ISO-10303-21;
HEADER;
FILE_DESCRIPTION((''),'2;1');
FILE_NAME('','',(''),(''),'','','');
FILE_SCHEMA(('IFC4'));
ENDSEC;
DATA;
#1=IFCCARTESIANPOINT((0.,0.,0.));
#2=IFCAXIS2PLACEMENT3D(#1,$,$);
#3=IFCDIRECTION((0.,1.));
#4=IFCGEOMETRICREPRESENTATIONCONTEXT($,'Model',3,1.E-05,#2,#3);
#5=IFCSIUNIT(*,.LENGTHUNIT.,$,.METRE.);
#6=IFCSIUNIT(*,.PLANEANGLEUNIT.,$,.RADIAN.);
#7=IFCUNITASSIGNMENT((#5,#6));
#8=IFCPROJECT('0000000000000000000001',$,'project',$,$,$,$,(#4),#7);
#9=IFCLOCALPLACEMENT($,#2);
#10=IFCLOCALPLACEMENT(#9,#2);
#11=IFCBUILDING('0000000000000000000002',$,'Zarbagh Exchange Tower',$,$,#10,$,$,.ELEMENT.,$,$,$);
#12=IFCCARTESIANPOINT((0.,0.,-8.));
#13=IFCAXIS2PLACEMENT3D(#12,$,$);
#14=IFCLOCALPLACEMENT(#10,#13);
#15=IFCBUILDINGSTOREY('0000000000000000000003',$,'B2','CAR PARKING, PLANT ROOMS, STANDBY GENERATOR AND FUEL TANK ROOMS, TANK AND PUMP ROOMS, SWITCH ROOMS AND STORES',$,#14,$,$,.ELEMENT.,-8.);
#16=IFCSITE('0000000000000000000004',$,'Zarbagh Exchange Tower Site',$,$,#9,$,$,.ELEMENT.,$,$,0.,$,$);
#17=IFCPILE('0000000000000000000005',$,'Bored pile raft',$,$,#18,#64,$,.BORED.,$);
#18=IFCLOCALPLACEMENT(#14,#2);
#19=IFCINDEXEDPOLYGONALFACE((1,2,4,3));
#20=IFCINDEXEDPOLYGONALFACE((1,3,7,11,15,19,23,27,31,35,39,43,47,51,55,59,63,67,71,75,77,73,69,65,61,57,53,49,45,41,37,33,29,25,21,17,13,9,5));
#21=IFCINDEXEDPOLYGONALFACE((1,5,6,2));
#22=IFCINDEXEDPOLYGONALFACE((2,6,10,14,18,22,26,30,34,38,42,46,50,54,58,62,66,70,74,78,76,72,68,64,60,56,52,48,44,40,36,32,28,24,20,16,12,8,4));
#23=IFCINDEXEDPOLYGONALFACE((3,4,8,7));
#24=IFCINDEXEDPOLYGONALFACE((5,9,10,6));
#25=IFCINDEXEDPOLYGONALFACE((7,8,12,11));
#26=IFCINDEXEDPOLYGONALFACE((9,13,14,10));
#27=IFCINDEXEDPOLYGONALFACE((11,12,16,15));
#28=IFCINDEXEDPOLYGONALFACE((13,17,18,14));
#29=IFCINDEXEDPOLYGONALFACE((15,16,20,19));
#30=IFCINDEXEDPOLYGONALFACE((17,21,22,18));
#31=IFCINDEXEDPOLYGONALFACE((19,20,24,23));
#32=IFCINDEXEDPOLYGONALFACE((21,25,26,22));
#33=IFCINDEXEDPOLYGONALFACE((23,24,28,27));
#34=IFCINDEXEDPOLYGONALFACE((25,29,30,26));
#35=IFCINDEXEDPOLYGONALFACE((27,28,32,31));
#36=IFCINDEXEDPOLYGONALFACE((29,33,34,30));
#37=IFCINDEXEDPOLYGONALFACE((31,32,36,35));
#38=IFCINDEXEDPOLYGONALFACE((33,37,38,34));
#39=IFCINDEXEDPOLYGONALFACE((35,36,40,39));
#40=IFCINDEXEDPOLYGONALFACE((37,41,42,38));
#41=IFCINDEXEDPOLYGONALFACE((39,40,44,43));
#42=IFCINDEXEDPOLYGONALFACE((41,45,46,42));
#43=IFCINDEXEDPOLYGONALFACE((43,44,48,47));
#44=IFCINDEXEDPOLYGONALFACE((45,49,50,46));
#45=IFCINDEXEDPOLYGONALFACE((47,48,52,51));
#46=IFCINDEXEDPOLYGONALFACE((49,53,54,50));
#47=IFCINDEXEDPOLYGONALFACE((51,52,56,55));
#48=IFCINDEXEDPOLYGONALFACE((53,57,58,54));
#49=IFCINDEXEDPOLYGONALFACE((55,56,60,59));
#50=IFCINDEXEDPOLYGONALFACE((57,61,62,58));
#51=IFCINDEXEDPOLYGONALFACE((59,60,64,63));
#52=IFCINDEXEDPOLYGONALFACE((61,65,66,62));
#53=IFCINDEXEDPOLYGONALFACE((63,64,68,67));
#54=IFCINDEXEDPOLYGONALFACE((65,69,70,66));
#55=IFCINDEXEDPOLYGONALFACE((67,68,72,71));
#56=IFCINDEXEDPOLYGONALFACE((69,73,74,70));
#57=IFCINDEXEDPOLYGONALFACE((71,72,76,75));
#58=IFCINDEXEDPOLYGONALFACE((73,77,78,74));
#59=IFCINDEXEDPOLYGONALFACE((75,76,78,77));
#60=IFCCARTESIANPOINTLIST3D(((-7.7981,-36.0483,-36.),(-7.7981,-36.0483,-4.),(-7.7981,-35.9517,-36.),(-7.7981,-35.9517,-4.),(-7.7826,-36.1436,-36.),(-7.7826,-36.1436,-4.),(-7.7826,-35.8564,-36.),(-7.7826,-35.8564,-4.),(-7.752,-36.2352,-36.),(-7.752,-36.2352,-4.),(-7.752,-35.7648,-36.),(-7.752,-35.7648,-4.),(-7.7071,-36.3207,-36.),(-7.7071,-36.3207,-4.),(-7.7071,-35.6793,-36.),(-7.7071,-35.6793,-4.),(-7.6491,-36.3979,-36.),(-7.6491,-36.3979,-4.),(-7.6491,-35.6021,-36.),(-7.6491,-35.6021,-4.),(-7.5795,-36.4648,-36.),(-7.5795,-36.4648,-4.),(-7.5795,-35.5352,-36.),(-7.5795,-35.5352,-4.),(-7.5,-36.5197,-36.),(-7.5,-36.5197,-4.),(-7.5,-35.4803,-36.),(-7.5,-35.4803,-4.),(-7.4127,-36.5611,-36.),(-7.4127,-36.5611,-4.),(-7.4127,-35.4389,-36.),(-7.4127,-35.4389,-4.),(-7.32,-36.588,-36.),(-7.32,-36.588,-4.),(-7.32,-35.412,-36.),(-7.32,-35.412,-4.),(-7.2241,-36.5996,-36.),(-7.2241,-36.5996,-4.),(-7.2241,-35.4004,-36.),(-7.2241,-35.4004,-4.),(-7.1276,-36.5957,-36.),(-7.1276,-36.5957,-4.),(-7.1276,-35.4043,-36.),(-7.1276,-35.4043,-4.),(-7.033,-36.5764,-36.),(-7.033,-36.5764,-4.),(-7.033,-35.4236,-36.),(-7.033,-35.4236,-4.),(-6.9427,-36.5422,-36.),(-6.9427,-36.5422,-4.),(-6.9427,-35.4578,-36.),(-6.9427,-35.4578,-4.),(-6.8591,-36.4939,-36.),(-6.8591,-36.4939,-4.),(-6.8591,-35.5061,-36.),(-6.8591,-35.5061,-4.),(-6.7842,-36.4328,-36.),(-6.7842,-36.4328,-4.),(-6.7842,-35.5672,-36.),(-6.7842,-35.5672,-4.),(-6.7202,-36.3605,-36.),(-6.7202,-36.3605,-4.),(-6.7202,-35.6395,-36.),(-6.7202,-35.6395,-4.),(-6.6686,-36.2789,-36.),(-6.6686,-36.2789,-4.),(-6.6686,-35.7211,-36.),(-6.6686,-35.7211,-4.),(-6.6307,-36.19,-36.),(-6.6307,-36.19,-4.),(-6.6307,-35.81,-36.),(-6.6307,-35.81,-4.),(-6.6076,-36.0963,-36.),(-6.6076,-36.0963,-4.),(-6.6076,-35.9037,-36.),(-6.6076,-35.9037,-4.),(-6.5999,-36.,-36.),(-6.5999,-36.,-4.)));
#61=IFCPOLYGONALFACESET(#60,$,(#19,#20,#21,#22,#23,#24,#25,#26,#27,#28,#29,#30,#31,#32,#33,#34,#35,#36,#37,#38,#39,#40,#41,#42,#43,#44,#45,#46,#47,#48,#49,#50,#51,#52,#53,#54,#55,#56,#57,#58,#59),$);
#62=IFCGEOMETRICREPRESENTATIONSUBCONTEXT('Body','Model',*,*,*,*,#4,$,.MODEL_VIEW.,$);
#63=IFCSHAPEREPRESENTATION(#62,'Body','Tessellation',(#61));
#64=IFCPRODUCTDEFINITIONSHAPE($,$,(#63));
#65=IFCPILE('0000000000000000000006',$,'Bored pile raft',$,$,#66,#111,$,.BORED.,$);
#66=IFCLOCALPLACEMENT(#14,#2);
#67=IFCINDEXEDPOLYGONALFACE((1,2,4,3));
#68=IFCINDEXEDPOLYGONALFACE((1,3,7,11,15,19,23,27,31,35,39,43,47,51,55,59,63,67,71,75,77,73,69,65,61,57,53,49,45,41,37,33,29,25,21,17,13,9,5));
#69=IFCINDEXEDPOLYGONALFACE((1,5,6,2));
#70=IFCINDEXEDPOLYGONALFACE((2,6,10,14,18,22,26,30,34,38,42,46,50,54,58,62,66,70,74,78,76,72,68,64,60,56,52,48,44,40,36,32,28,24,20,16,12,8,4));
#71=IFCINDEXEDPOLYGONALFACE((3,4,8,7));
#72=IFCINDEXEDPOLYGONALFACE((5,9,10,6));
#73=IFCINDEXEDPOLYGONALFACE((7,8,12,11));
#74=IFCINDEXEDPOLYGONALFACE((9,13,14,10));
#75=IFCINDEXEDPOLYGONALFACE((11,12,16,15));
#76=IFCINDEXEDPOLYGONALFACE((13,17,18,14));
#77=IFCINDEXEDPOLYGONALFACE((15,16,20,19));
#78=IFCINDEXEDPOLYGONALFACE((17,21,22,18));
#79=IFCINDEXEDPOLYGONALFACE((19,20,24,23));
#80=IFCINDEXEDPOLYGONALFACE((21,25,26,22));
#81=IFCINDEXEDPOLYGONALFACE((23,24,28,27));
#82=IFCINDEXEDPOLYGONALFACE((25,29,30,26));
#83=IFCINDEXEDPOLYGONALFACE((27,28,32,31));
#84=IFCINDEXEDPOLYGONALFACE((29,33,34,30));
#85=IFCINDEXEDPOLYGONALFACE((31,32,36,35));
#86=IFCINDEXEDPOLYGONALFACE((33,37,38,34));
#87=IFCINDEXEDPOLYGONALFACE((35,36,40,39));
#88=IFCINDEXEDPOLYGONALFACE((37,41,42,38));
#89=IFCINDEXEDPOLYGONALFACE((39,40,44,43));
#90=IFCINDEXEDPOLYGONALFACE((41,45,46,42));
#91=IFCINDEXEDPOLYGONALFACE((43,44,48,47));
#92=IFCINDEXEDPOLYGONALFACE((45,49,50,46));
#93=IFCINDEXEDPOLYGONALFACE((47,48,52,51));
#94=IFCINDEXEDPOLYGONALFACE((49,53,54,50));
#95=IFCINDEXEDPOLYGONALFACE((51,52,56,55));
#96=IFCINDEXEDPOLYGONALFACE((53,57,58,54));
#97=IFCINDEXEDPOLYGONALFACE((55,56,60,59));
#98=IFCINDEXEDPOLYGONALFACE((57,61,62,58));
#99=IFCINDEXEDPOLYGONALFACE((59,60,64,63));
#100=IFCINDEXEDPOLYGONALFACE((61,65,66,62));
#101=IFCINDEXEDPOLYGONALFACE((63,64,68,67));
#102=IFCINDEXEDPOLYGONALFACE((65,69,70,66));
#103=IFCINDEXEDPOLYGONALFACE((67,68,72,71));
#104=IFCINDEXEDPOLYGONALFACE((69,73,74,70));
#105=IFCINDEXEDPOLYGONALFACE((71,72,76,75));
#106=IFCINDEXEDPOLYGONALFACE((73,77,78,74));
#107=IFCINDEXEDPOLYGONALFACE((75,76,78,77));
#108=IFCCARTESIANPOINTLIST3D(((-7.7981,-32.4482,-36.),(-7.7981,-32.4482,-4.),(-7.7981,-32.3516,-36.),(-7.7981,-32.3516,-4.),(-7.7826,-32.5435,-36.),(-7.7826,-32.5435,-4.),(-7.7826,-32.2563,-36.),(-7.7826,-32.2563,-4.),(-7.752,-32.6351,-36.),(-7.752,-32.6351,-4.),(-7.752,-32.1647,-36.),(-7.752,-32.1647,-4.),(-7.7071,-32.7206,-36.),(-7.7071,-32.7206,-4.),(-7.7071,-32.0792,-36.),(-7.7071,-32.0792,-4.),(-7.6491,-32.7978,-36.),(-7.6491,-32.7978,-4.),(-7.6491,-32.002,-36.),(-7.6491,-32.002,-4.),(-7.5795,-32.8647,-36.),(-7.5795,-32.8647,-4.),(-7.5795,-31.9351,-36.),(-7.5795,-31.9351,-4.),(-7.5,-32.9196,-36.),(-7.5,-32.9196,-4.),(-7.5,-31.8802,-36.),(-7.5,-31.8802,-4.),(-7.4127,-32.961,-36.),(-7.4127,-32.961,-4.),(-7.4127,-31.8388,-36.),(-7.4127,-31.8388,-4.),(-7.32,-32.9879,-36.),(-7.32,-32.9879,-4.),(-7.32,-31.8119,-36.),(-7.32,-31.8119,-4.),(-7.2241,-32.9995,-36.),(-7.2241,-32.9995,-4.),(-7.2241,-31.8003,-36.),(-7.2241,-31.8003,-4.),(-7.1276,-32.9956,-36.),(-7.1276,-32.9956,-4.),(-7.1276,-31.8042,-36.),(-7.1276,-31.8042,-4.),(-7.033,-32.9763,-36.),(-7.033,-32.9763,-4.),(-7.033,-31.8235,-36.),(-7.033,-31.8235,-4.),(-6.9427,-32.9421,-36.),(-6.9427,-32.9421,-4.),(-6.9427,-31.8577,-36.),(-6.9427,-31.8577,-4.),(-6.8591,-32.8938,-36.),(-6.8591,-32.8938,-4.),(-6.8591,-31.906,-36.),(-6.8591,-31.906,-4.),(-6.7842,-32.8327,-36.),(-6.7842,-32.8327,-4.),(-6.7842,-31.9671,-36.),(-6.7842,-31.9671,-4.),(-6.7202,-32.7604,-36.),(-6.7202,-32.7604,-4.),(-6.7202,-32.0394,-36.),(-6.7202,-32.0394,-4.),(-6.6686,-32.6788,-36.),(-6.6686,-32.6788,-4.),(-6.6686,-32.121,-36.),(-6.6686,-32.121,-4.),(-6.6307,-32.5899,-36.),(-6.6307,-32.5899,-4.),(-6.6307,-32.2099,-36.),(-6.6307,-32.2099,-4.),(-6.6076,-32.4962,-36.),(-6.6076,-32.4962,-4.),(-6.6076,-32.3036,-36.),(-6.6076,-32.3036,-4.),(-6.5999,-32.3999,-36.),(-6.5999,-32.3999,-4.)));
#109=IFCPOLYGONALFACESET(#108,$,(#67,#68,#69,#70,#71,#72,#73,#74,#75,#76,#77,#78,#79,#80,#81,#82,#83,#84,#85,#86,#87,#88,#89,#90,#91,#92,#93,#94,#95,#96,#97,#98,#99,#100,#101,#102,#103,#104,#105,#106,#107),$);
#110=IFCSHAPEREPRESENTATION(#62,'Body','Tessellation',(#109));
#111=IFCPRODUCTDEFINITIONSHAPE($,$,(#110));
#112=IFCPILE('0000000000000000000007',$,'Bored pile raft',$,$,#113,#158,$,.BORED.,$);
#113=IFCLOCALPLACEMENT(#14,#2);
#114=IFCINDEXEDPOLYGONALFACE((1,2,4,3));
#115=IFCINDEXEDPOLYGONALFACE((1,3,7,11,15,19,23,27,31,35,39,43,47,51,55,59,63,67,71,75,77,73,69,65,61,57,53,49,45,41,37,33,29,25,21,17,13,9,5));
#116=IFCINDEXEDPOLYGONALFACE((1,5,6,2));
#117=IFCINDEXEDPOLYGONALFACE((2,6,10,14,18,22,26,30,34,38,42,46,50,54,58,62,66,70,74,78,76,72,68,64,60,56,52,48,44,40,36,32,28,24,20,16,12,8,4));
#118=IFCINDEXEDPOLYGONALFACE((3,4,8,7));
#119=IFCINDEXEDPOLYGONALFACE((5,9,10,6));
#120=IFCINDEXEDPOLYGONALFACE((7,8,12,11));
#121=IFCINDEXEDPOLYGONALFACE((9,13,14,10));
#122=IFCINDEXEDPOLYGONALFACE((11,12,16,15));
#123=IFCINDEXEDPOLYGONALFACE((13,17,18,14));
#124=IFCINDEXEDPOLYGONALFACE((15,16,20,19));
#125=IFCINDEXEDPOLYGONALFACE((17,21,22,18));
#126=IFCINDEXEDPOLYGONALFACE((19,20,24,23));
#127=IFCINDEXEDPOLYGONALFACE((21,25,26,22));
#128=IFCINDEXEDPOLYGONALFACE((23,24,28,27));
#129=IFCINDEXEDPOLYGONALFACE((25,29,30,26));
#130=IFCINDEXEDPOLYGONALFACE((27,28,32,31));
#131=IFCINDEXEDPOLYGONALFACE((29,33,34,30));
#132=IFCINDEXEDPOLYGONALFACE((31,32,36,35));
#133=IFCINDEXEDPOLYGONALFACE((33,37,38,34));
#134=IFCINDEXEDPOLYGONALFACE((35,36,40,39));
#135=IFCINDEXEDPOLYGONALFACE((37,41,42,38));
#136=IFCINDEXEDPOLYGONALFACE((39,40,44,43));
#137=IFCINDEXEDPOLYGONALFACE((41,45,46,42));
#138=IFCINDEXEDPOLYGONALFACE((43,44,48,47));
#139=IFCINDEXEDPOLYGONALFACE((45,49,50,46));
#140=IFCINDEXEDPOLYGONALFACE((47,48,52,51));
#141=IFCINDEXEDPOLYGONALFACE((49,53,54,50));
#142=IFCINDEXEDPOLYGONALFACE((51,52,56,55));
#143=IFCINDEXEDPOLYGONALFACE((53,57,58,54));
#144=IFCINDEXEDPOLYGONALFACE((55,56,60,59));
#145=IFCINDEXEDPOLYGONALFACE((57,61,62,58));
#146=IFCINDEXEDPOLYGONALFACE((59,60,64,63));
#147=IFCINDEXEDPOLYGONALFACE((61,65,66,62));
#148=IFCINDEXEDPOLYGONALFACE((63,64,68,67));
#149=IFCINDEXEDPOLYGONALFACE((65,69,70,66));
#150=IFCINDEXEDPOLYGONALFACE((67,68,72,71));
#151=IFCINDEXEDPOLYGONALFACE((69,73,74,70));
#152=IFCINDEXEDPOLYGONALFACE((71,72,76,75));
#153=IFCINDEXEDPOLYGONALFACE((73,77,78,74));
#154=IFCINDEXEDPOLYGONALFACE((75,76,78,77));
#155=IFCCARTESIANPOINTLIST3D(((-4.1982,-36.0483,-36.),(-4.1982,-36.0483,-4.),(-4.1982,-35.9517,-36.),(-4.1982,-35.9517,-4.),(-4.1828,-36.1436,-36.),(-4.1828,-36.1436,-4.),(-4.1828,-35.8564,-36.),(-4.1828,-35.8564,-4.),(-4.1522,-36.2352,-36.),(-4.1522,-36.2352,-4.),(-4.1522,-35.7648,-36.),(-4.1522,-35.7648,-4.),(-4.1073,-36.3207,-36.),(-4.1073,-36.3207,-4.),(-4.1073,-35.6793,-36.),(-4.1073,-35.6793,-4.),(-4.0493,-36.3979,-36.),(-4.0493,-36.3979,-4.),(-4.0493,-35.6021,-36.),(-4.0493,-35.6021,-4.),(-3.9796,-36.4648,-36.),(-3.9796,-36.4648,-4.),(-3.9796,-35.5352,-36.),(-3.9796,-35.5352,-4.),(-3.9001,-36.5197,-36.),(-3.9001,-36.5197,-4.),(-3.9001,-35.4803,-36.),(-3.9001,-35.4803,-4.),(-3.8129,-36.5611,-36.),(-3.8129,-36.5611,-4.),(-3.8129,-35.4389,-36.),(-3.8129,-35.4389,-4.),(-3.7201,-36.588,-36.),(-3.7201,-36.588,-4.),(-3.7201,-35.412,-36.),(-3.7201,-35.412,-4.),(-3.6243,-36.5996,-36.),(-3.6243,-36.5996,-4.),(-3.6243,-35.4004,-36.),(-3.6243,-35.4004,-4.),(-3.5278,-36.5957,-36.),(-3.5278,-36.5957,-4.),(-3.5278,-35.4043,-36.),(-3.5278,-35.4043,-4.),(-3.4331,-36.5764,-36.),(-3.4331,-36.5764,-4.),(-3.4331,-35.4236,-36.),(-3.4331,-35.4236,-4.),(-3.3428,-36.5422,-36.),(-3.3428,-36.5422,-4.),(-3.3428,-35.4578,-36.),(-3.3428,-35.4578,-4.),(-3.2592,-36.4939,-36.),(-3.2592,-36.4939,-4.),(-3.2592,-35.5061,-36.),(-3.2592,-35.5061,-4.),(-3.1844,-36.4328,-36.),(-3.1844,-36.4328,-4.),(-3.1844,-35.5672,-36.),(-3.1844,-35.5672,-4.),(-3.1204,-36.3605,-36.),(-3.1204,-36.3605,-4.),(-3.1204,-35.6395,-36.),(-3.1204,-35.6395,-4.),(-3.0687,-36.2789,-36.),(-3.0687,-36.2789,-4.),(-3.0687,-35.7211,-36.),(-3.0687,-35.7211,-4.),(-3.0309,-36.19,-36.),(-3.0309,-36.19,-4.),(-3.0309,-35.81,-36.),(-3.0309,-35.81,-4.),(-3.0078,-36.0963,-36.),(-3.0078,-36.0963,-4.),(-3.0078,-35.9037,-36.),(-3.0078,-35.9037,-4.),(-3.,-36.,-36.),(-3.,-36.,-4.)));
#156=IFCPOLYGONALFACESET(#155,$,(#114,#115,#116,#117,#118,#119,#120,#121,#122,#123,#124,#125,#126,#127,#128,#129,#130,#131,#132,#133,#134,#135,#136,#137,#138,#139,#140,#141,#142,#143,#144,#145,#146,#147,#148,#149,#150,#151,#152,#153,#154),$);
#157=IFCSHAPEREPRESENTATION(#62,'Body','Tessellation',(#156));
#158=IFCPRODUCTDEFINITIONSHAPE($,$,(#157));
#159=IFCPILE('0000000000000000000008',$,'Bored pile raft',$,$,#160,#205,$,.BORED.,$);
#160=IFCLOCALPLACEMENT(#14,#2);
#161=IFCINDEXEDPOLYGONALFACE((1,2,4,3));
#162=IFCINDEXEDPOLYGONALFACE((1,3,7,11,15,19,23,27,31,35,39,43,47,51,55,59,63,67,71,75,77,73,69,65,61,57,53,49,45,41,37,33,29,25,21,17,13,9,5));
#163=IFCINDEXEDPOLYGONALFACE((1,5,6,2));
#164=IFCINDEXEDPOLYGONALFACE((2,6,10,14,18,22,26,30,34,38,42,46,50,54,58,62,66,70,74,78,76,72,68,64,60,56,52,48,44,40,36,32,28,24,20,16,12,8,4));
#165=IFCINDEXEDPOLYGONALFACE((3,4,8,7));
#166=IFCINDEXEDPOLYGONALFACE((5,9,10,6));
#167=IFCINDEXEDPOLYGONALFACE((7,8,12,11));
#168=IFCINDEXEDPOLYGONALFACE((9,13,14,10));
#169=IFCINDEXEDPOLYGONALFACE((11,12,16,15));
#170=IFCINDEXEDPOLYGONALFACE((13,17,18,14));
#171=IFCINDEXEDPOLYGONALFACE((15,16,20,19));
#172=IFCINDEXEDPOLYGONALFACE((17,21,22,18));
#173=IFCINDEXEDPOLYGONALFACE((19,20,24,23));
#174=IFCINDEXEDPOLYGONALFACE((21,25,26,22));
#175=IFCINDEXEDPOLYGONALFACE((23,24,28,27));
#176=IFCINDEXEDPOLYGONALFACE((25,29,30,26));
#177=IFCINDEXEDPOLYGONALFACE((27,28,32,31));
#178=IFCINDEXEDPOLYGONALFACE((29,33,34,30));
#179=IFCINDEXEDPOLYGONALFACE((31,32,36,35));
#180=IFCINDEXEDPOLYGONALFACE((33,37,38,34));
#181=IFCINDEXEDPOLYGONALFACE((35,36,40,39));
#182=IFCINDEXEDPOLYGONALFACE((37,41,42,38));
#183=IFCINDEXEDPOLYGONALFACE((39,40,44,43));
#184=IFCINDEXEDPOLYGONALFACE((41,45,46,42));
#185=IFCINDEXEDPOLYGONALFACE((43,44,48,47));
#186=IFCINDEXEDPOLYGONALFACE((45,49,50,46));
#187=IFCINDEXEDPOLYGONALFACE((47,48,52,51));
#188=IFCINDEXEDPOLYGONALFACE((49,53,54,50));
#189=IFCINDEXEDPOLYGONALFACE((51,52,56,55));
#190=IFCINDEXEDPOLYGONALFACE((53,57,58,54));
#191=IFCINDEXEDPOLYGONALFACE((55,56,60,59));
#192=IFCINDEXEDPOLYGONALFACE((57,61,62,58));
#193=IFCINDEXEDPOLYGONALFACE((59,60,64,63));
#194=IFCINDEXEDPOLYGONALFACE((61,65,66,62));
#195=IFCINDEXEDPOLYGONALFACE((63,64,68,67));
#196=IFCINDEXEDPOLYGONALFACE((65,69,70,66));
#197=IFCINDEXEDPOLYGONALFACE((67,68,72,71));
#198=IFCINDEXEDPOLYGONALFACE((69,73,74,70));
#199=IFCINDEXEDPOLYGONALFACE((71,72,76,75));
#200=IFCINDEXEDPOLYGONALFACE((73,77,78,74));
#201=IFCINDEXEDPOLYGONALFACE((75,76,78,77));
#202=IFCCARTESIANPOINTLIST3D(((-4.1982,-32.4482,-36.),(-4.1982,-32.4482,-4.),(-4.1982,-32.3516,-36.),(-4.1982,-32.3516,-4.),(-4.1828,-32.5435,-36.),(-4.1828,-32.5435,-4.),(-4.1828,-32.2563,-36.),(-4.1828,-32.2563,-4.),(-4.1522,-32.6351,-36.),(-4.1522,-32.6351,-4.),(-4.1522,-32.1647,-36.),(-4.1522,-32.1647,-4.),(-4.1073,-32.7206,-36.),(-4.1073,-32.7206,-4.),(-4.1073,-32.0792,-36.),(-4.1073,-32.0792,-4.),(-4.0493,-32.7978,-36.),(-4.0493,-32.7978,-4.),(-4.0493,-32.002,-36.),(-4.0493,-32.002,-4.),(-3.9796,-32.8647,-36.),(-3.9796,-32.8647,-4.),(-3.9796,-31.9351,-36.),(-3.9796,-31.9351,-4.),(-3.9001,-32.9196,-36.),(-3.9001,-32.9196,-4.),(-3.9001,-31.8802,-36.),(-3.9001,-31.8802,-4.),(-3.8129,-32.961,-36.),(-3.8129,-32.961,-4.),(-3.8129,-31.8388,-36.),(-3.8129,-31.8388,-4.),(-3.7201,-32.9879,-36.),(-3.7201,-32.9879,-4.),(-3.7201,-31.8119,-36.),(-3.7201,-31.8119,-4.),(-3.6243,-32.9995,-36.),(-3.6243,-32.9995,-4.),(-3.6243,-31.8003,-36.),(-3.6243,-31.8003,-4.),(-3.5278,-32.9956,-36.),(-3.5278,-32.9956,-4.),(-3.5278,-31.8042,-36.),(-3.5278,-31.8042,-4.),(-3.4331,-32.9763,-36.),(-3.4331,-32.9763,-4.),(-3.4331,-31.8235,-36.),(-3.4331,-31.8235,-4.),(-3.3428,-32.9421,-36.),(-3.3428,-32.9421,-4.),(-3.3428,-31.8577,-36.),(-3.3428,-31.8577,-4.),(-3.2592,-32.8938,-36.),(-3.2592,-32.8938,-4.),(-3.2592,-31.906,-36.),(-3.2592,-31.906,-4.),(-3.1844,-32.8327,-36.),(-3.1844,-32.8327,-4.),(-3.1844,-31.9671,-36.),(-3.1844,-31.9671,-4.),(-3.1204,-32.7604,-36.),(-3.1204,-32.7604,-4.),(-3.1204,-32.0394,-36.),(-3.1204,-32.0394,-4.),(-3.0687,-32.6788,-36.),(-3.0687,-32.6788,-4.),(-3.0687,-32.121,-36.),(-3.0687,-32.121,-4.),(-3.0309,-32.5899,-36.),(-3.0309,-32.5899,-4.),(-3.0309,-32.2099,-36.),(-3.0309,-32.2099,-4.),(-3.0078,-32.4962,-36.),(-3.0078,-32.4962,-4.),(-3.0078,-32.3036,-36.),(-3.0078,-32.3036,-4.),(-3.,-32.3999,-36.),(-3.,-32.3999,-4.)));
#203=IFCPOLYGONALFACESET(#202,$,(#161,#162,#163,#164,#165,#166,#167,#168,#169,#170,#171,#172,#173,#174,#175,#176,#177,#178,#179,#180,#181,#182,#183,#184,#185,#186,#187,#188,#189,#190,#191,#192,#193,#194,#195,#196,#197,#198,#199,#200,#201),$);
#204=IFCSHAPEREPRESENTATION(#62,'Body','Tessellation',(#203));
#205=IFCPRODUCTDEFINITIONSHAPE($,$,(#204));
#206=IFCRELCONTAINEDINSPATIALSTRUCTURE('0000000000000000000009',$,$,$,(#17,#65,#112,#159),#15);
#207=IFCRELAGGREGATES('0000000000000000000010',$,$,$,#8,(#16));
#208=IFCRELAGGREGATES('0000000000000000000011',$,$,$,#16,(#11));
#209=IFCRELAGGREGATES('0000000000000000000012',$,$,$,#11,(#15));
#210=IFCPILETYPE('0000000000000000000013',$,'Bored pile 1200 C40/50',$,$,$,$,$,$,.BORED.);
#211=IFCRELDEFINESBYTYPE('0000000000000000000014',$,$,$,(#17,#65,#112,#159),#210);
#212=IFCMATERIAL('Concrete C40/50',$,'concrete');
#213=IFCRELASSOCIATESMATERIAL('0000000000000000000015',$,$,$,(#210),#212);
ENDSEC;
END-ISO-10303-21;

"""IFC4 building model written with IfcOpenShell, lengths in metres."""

from ifc_helpers import new_model, si_unit, direction, frame, origin, origin_2d, place, context, subcontext, project, spatial, circle, extrude, material, material_profile, profile_set, type_object, element, save


model = new_model("IFC4")

# Units and contexts
model_context = context("Model", 3, precision=1e-05, world=origin(), true_north=direction((0.0, 1.0)))
body_context = subcontext(model_context, "Body", "Model", "MODEL_VIEW")
ifc_project = project(units=[si_unit("LENGTHUNIT", "METRE"), si_unit("PLANEANGLEUNIT", "RADIAN")], contexts=[model_context])

# Site, building, storey
site_placement = place(None, origin())
site = spatial("IfcSite", under=ifc_project, at=site_placement, Name="Zarbagh Exchange Tower Site", CompositionType="ELEMENT", RefElevation=0.0)
building_placement = place(site_placement, origin())
building = spatial("IfcBuilding", under=site, at=building_placement, Name="Zarbagh Exchange Tower", CompositionType="ELEMENT")
storey_placement = place(building_placement, frame((0.0, 0.0, -8.0)))
storey = spatial("IfcBuildingStorey", under=building, at=storey_placement, Name="B2", Description="CAR PARKING, PLANT ROOMS, STANDBY GENERATOR AND FUEL TANK ROOMS, TANK AND PUMP ROOMS, SWITCH ROOMS AND STORES", CompositionType="ELEMENT", Elevation=-8.0)

# Piles
ifc_material_1 = material(Name="Concrete C40/50", Category="concrete")
ifc_material_profile_1 = material_profile(ifc_material_1, circle(Radius=0.6001, at=origin_2d()), Name="Bored pile 1200 C40/50")
ifc_profile_set_1 = profile_set([ifc_material_profile_1], Name="Concrete C40/50")
pile_type = type_object("IfcPileType", Name="Bored pile 1200 C40/50", PredefinedType="BORED", material=ifc_profile_set_1)
for number, where, z_axis, x_axis, name in (
    (1, (-7.2, -36.0, -4.0), (0.0, 0.0, -1.0), (1.0, 0.0, 0.0), "Bored pile raft"),
    (2, (-7.2, -32.3999, -4.0), (0.0, 0.0, -1.0), (1.0, 0.0, 0.0), "Bored pile raft"),
    (3, (-3.6001, -36.0, -4.0), (0.0, 0.0, -1.0), (1.0, 0.0, 0.0), "Bored pile raft"),
    (4, (-3.6001, -32.3999, -4.0), (0.0, 0.0, -1.0), (1.0, 0.0, 0.0), "Bored pile raft"),
):
    element("IfcPile", number, at=place(storey_placement, frame(where, z_axis=z_axis, x_axis=x_axis)), inside=storey, type_object=pile_type, Name=name, PredefinedType="BORED", context=body_context, shape_type="SweptSolid", body=[
        extrude(circle(Radius=0.6001, at=origin_2d()), origin(), (0.0, 0.0, 1.0), 32.0),
    ])

save(model, "model.ifc")
